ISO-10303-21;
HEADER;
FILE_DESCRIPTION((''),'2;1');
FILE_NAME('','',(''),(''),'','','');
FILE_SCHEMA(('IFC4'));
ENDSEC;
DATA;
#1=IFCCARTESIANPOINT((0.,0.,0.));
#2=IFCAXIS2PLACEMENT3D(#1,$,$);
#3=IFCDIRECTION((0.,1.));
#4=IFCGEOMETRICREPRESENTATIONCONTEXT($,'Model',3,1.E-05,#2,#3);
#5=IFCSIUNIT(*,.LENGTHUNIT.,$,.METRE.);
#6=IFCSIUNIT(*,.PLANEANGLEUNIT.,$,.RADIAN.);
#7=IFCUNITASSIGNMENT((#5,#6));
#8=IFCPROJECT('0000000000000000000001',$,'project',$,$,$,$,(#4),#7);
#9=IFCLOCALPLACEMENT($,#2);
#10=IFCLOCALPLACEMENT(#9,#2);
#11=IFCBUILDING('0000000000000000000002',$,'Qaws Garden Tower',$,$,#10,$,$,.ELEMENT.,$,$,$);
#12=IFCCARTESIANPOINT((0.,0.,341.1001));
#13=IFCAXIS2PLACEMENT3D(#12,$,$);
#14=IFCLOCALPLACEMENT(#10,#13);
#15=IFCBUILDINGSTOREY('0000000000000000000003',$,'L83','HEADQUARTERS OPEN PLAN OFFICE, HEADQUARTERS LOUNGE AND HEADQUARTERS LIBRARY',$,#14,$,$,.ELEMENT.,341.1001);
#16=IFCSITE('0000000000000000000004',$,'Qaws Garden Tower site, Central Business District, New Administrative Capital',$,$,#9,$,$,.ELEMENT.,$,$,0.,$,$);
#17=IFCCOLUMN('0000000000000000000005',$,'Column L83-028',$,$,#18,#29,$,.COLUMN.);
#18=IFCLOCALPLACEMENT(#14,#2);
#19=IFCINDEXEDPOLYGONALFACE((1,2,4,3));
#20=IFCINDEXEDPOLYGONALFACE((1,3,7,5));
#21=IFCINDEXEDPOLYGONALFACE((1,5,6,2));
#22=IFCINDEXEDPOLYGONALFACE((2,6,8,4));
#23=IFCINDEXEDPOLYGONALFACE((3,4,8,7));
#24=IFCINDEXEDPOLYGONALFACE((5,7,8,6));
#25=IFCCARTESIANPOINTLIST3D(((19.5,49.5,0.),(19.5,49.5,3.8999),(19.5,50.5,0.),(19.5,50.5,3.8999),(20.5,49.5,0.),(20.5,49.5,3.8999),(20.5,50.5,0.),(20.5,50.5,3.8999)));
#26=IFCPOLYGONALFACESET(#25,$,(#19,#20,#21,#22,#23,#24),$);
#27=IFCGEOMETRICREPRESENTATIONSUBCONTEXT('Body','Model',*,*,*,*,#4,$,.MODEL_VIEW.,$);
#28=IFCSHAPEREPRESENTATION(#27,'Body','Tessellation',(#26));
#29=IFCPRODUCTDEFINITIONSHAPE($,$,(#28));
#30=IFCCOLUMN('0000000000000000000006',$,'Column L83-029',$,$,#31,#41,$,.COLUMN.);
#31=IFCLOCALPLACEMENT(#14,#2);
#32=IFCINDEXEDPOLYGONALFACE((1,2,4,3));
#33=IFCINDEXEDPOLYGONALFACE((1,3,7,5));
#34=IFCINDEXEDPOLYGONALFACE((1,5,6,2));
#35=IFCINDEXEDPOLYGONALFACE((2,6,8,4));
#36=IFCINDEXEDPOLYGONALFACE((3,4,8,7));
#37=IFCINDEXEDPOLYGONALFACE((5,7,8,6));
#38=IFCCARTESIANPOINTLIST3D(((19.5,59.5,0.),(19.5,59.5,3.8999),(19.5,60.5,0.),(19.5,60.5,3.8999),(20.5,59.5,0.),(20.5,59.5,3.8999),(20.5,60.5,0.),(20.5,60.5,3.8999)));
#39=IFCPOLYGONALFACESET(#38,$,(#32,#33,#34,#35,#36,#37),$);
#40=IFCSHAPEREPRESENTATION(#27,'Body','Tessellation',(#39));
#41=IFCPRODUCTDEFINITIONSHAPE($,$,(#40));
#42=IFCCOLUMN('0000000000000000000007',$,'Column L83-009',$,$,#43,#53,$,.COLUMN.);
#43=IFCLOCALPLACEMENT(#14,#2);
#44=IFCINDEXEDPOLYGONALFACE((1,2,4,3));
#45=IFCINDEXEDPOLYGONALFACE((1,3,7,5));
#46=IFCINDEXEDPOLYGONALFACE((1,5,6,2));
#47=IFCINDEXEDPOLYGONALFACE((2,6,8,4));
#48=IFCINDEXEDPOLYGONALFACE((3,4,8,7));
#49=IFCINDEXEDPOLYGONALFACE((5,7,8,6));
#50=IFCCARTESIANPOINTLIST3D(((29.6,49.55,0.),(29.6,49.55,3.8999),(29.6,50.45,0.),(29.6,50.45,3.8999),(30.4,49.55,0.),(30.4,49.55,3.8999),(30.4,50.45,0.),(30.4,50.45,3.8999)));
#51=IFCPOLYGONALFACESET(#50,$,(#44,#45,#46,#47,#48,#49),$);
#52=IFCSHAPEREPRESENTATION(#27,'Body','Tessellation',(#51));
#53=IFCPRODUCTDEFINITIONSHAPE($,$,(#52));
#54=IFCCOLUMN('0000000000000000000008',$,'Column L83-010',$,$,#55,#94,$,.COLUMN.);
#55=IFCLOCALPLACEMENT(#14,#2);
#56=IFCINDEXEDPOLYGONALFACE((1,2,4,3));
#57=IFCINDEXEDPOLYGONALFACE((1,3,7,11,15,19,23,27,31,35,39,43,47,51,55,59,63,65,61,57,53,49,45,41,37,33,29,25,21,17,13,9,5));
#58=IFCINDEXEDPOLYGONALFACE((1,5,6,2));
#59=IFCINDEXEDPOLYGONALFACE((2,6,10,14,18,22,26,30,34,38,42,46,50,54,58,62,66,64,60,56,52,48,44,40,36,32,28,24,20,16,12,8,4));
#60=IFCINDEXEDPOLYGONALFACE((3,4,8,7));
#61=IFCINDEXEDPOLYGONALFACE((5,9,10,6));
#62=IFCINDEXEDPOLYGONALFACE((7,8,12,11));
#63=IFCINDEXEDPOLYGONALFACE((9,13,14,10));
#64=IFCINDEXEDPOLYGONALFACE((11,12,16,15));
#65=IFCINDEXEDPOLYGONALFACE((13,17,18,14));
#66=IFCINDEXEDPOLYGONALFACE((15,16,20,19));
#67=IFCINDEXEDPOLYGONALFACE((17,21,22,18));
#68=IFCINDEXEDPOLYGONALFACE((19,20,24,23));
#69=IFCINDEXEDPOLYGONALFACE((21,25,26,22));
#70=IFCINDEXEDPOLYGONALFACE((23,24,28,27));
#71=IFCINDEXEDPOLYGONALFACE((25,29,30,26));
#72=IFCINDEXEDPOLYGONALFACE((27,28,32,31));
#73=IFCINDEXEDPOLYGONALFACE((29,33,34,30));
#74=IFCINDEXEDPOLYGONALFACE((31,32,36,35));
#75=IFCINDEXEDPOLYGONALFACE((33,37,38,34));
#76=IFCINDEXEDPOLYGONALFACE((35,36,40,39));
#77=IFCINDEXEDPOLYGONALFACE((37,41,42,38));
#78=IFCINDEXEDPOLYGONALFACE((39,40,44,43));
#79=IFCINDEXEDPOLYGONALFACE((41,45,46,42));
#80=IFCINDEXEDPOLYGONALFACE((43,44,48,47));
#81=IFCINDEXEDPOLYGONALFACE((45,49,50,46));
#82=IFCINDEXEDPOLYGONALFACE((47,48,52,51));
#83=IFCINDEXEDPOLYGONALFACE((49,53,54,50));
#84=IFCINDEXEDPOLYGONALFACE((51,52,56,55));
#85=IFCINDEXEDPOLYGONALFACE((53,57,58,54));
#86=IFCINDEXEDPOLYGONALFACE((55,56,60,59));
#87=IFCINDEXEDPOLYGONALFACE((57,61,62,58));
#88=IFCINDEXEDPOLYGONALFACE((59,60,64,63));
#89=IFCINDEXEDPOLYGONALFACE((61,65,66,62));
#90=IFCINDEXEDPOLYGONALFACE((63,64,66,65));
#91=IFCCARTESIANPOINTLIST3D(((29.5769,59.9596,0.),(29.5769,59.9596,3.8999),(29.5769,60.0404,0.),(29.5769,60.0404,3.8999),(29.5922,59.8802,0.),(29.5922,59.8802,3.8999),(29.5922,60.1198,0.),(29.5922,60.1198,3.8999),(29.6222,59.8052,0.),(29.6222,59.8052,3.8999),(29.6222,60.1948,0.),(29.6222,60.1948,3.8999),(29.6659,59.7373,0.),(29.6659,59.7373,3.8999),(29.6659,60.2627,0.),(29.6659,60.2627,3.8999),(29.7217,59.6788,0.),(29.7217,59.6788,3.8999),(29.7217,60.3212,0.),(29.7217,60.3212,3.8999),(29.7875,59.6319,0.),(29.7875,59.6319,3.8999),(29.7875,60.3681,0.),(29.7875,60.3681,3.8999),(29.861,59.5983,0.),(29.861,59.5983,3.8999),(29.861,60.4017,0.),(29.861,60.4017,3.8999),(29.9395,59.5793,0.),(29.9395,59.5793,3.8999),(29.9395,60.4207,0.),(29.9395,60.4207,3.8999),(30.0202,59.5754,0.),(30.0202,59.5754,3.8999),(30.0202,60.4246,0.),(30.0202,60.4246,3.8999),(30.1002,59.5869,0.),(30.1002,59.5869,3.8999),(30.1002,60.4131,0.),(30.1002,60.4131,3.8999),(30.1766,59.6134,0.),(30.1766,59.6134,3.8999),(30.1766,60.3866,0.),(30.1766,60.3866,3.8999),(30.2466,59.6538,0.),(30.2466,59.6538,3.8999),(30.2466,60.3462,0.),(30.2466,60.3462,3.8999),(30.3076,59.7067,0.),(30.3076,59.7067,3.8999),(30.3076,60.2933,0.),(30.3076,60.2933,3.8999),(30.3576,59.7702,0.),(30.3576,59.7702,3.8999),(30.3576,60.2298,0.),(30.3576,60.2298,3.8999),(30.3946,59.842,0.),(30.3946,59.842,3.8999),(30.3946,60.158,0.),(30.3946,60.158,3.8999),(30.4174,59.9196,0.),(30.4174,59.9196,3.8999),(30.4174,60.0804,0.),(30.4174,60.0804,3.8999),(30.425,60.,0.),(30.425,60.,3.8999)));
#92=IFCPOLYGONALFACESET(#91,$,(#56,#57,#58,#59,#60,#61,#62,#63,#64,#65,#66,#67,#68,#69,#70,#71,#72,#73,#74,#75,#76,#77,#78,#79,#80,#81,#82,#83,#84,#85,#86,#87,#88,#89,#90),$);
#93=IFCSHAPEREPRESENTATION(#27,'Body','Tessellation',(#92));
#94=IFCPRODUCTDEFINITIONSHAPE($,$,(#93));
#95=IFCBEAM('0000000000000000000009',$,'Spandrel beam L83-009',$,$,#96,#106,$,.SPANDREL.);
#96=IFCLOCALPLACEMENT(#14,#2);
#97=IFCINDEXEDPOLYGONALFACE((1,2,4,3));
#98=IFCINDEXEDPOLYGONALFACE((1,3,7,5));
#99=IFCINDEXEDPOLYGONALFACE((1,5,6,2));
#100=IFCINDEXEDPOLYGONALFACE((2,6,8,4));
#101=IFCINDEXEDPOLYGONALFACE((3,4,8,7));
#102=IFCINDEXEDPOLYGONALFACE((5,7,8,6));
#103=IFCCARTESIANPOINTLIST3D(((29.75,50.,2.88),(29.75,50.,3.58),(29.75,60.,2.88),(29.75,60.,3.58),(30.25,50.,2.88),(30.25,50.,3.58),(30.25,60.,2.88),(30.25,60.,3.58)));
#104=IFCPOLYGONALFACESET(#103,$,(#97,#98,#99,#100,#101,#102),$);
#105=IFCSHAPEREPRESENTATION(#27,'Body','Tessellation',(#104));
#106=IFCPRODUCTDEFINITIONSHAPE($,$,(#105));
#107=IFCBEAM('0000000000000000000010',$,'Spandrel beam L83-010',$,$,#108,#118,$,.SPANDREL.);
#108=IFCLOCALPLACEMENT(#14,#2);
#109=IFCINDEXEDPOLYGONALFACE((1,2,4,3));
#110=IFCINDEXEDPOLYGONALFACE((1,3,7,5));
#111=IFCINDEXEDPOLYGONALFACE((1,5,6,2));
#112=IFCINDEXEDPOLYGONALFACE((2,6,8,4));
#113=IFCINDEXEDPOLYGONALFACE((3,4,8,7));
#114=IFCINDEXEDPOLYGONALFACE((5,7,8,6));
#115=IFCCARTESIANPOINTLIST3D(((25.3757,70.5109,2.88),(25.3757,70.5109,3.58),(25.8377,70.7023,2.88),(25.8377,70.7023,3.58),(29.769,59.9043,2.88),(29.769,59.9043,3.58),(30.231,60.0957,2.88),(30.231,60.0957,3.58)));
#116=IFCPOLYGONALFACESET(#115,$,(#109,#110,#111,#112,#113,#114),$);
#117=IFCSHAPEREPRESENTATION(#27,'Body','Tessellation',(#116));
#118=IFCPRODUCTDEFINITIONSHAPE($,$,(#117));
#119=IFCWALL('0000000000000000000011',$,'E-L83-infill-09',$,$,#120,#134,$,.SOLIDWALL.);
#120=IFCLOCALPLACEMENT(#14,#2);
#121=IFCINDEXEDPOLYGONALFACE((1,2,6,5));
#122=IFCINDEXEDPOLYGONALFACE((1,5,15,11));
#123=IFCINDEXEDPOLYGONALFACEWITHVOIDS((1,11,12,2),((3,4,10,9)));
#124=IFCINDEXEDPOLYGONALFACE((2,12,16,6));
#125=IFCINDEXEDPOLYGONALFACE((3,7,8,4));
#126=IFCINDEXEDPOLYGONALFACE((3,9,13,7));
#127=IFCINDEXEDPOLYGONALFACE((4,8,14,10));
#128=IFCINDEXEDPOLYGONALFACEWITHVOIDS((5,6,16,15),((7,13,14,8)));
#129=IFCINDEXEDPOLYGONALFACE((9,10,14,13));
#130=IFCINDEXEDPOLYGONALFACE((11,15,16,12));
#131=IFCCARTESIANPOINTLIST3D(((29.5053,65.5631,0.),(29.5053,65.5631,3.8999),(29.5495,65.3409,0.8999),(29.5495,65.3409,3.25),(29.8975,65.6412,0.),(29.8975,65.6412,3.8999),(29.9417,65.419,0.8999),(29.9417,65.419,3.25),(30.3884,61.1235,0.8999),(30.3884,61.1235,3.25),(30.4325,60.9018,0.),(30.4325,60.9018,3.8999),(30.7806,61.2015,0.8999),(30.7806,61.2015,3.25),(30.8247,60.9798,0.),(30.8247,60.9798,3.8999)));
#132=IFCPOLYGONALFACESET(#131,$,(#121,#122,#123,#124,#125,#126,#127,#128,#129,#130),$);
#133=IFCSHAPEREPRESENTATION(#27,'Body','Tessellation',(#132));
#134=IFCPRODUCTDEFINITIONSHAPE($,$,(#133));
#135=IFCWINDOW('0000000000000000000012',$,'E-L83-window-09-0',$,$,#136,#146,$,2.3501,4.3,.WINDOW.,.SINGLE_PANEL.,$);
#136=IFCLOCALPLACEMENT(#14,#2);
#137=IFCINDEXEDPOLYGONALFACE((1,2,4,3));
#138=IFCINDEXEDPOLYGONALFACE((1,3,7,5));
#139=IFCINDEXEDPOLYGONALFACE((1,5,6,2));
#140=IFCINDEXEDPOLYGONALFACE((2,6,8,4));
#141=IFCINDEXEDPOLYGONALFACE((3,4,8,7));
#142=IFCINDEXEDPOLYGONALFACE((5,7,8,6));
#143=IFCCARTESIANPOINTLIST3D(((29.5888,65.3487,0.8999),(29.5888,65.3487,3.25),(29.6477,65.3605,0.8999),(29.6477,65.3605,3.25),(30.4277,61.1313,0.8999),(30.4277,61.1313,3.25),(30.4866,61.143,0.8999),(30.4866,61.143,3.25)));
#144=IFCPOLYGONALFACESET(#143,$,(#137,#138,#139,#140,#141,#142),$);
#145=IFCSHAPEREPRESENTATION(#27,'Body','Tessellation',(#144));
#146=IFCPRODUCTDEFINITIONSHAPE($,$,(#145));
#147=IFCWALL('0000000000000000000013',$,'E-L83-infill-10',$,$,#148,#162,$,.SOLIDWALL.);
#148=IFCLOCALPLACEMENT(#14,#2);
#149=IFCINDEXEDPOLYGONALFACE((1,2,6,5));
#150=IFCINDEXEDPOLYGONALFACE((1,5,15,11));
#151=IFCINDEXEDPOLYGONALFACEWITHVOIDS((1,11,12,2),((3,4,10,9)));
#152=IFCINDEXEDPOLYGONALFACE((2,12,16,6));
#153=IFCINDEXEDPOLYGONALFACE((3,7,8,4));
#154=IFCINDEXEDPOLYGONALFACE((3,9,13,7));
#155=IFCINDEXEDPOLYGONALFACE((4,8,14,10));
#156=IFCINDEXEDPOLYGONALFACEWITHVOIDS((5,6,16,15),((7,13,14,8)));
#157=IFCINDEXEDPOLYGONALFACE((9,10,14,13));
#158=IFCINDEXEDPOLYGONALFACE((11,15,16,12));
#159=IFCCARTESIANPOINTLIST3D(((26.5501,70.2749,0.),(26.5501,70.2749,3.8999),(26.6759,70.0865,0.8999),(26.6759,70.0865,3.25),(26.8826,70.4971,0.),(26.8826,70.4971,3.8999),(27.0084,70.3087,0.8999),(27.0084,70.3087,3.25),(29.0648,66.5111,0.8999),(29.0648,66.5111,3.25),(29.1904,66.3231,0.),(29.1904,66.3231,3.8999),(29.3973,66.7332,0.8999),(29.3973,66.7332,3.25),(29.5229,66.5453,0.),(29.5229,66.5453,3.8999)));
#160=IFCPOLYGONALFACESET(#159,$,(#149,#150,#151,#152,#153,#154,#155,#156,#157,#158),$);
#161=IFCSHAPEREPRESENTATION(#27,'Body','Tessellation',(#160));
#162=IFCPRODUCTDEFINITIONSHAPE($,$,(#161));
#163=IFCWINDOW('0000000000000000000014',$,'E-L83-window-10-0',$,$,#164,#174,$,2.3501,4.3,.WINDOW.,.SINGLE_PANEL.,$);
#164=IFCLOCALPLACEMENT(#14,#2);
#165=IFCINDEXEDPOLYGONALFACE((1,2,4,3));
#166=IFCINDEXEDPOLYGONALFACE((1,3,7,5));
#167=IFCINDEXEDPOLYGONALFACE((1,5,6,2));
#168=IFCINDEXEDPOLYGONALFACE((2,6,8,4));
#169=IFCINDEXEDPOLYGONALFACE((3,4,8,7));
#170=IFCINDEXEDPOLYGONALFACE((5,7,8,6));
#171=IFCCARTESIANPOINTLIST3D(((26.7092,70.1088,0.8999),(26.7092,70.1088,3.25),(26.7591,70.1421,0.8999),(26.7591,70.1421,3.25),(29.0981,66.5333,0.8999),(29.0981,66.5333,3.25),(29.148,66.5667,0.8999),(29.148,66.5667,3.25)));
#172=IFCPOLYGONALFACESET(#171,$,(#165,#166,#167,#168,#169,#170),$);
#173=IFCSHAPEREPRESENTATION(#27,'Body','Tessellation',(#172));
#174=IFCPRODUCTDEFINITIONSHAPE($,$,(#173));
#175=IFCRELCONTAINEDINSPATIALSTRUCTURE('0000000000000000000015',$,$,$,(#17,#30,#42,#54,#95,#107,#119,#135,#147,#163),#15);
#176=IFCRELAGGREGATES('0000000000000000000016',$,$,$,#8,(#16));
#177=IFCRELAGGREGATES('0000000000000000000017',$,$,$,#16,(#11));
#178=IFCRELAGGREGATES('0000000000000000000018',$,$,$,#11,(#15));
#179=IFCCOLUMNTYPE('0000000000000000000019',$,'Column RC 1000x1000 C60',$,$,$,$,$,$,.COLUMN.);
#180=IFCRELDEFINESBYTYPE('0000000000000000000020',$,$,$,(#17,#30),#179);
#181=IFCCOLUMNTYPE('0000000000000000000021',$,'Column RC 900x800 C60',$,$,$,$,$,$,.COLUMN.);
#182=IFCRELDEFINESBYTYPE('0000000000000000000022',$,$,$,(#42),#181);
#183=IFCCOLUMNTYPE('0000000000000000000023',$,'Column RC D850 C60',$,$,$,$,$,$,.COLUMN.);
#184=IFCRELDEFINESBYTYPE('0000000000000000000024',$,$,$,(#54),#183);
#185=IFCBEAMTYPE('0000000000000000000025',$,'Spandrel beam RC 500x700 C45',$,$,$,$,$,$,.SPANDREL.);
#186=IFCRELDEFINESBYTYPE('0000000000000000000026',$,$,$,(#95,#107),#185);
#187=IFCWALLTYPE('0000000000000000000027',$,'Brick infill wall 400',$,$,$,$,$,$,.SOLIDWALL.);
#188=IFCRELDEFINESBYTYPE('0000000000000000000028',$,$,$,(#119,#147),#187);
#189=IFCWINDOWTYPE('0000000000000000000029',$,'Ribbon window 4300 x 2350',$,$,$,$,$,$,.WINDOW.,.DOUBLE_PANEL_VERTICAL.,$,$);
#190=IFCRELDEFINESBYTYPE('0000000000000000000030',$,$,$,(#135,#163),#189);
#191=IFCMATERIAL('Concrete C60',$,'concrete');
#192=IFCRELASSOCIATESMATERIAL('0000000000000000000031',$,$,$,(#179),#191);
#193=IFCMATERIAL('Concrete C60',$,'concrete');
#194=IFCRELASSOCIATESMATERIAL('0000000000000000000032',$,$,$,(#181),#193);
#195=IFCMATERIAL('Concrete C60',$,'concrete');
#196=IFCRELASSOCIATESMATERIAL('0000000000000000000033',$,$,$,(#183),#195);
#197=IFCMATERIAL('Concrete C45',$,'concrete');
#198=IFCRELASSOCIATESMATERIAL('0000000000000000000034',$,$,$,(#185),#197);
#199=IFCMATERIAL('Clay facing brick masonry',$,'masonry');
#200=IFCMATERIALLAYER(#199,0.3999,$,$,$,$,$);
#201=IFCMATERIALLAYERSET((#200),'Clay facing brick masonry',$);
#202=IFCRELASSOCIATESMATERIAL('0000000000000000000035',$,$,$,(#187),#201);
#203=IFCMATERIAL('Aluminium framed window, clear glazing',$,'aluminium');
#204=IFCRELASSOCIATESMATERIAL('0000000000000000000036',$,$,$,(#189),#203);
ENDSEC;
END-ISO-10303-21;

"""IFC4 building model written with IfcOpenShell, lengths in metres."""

from ifc_helpers import new_model, si_unit, direction, frame, frame_2d, origin, origin_2d, place, context, subcontext, project, spatial, rectangle, circle, extrude, material, layer, layer_set, material_profile, profile_set, type_object, element, fill, save


model = new_model("IFC4")

# Units and contexts
model_context = context("Model", 3, precision=1e-05, world=origin(), true_north=direction((0.0, 1.0)))
body_context = subcontext(model_context, "Body", "Model", "MODEL_VIEW")
ifc_project = project(units=[si_unit("LENGTHUNIT", "METRE"), si_unit("PLANEANGLEUNIT", "RADIAN")], contexts=[model_context])

# Site, building, storey
site_placement = place(None, origin())
site = spatial("IfcSite", under=ifc_project, at=site_placement, Name="Qaws Garden Tower site, Central Business District, New Administrative Capital", CompositionType="ELEMENT", RefElevation=0.0)
building_placement = place(site_placement, origin())
building = spatial("IfcBuilding", under=site, at=building_placement, Name="Qaws Garden Tower", CompositionType="ELEMENT")
storey_placement = place(building_placement, frame((0.0, 0.0, 341.1001)))
storey = spatial("IfcBuildingStorey", under=building, at=storey_placement, Name="L83", Description="HEADQUARTERS OPEN PLAN OFFICE, HEADQUARTERS LOUNGE AND HEADQUARTERS LIBRARY", CompositionType="ELEMENT", Elevation=341.1001)

# Columns
ifc_material_1 = material(Name="Concrete C60", Category="concrete")
ifc_material_profile_1 = material_profile(ifc_material_1, rectangle(XDim=1.0, YDim=1.0, at=origin_2d()), Name="RC 1000x1000")
ifc_profile_set_1 = profile_set([ifc_material_profile_1], Name="Concrete C60")
column_type_1 = type_object("IfcColumnType", Name="Column RC 1000x1000 C60", PredefinedType="COLUMN", material=ifc_profile_set_1)
for number, where, z_axis, x_axis, name in (
    (1, (20.0, 50.0, 0.0), (0.0, 0.0, 1.0), (1.0, 0.0, 0.0), "Column L83-028"),
    (2, (20.0, 60.0, 0.0), (0.0, 0.0, 1.0), (1.0, 0.0, 0.0), "Column L83-029"),
):
    element("IfcColumn", number, at=place(storey_placement, frame(where, z_axis=z_axis, x_axis=x_axis)), inside=storey, type_object=column_type_1, Name=name, PredefinedType="COLUMN", context=body_context, shape_type="SweptSolid", body=[
        extrude(rectangle(XDim=1.0, YDim=1.0, at=origin_2d()), origin(), (0.0, 0.0, 1.0), 3.8999),
    ])
ifc_material_2 = material(Name="Concrete C60", Category="concrete")
ifc_material_profile_2 = material_profile(ifc_material_2, rectangle(XDim=0.8999, YDim=0.8, at=origin_2d()), Name="RC 900x800")
ifc_profile_set_2 = profile_set([ifc_material_profile_2], Name="Concrete C60")
column_type_2 = type_object("IfcColumnType", Name="Column RC 900x800 C60", PredefinedType="COLUMN", material=ifc_profile_set_2)
column_1_placement = place(storey_placement, frame((30.0, 50.0, 0.0), z_axis=(0.0, 0.0, 1.0), x_axis=(0.0, 1.0, 0.0)))
element("IfcColumn", 3, at=column_1_placement, inside=storey, type_object=column_type_2, Name="Column L83-009", PredefinedType="COLUMN", context=body_context, shape_type="SweptSolid", body=[
    extrude(rectangle(XDim=0.8999, YDim=0.8, at=origin_2d()), origin(), (0.0, 0.0, 1.0), 3.8999),
])
ifc_material_3 = material(Name="Concrete C60", Category="concrete")
ifc_material_profile_3 = material_profile(ifc_material_3, circle(Radius=0.425, at=origin_2d()), Name="RC D850")
ifc_profile_set_3 = profile_set([ifc_material_profile_3], Name="Concrete C60")
column_type_3 = type_object("IfcColumnType", Name="Column RC D850 C60", PredefinedType="COLUMN", material=ifc_profile_set_3)
column_2_placement = place(storey_placement, frame((30.0, 60.0, 0.0), z_axis=(0.0, 0.0, 1.0), x_axis=(1.0, 0.0, 0.0)))
element("IfcColumn", 4, at=column_2_placement, inside=storey, type_object=column_type_3, Name="Column L83-010", PredefinedType="COLUMN", context=body_context, shape_type="SweptSolid", body=[
    extrude(circle(Radius=0.425, at=origin_2d()), origin(), (0.0, 0.0, 1.0), 3.8999),
])

# Beams
ifc_material_4 = material(Name="Concrete C45", Category="concrete")
ifc_material_profile_4 = material_profile(ifc_material_4, rectangle(XDim=0.5, YDim=0.7, at=origin_2d()), Name="RC 500x700")
ifc_profile_set_4 = profile_set([ifc_material_profile_4], Name="Concrete C45")
beam_type = type_object("IfcBeamType", Name="Spandrel beam RC 500x700 C45", PredefinedType="SPANDREL", material=ifc_profile_set_4)
beam_1_placement = place(storey_placement, frame((30.0, 50.0, 3.23), z_axis=(0.0, 1.0, 0.0), x_axis=(-1.0, 0.0, 0.0)))
element("IfcBeam", 5, at=beam_1_placement, inside=storey, type_object=beam_type, Name="Spandrel beam L83-009", PredefinedType="SPANDREL", context=body_context, shape_type="SweptSolid", body=[
    extrude(rectangle(XDim=0.5, YDim=0.7, at=origin_2d()), origin(), (0.0, 0.0, 1.0), 10.0),
])
beam_2_placement = place(storey_placement, frame((30.0, 60.0, 3.23), z_axis=(-0.382674, 0.923883, 0.0), x_axis=(-0.923883, -0.382674, 0.0)))
element("IfcBeam", 6, at=beam_2_placement, inside=storey, type_object=beam_type, Name="Spandrel beam L83-010", PredefinedType="SPANDREL", context=body_context, shape_type="SweptSolid", body=[
    extrude(rectangle(XDim=0.5, YDim=0.7, at=origin_2d()), origin(), (0.0, 0.0, 1.0), 11.4805),
])

# Walls, openings, windows
ifc_material_5 = material(Name="Clay facing brick masonry", Category="masonry")
ifc_layer_1 = layer(ifc_material_5, 0.3999)
ifc_layer_set_1 = layer_set([ifc_layer_1], Name="Clay facing brick masonry")
wall_type_1 = type_object("IfcWallType", Name="Brick infill wall 400", PredefinedType="SOLIDWALL", material=ifc_layer_set_1)
wall_1_placement = place(storey_placement, frame((30.6287, 60.9407, 0.0), z_axis=(0.0, 0.0, 1.0), x_axis=(-0.195099, 0.980784, 0.0)))
wall_1 = element("IfcWall", 7, at=wall_1_placement, inside=storey, type_object=wall_type_1, Name="E-L83-infill-09", PredefinedType="SOLIDWALL", context=body_context, shape_type="SweptSolid", body=[
    extrude(rectangle(XDim=4.7527, YDim=0.3999, at=frame_2d((2.3765, 0.0))), origin(), (0.0, 0.0, 1.0), 3.8999),
])
opening_1_placement = place(wall_1_placement, frame((0.2263, 0.0, 0.8999)))
opening_1 = element("IfcOpeningElement", 8, at=opening_1_placement, cuts=wall_1, PredefinedType="OPENING", context=body_context, shape_type="SweptSolid", body=[
    extrude(rectangle(XDim=4.3, YDim=2.3501, at=frame_2d((2.1499, 1.175))), frame((0.0, 0.21, 0.0), z_axis=(0.0, -1.0, 0.0), x_axis=(1.0, 0.0, 0.0)), (0.0, 0.0, 1.0), 0.4199),
])
ifc_material_6 = material(Name="Aluminium framed window, clear glazing", Category="aluminium")
window_type = type_object("IfcWindowType", Name="Ribbon window 4300 x 2350", PartitioningType="DOUBLE_PANEL_VERTICAL", PredefinedType="WINDOW", material=ifc_material_6)
window_1_placement = place(opening_1_placement, origin())
window_1 = element("IfcWindow", 9, at=window_1_placement, inside=storey, type_object=window_type, Name="E-L83-window-09-0", OverallHeight=2.3501, OverallWidth=4.3, PartitioningType="SINGLE_PANEL", PredefinedType="WINDOW", context=body_context, shape_type="SweptSolid", body=[
    extrude(rectangle(XDim=4.3, YDim=2.3501, at=frame_2d((2.1499, 1.175))), frame((0.0, 0.1599, 0.0), z_axis=(0.0, -1.0, 0.0), x_axis=(1.0, 0.0, 0.0)), (0.0, 0.0, 1.0), 0.0601),
])
fill(opening_1, window_1)
wall_2_placement = place(storey_placement, frame((29.3567, 66.4341, 0.0), z_axis=(0.0, 0.0, 1.0), x_axis=(-0.555542, 0.831489, 0.0)))
wall_2 = element("IfcWall", 10, at=wall_2_placement, inside=storey, type_object=wall_type_1, Name="E-L83-infill-10", PredefinedType="SOLIDWALL", context=body_context, shape_type="SweptSolid", body=[
    extrude(rectangle(XDim=4.7527, YDim=0.3999, at=frame_2d((2.3765, 0.0))), origin(), (0.0, 0.0, 1.0), 3.8999),
])
opening_2_placement = place(wall_2_placement, frame((0.2263, 0.0, 0.8999)))
opening_2 = element("IfcOpeningElement", 11, at=opening_2_placement, cuts=wall_2, PredefinedType="OPENING", context=body_context, shape_type="SweptSolid", body=[
    extrude(rectangle(XDim=4.3, YDim=2.3501, at=frame_2d((2.1499, 1.175))), frame((0.0, 0.21, 0.0), z_axis=(0.0, -1.0, 0.0), x_axis=(1.0, 0.0, 0.0)), (0.0, 0.0, 1.0), 0.4199),
])
window_2_placement = place(opening_2_placement, origin())
window_2 = element("IfcWindow", 12, at=window_2_placement, inside=storey, type_object=window_type, Name="E-L83-window-10-0", OverallHeight=2.3501, OverallWidth=4.3, PartitioningType="SINGLE_PANEL", PredefinedType="WINDOW", context=body_context, shape_type="SweptSolid", body=[
    extrude(rectangle(XDim=4.3, YDim=2.3501, at=frame_2d((2.1499, 1.175))), frame((0.0, 0.1599, 0.0), z_axis=(0.0, -1.0, 0.0), x_axis=(1.0, 0.0, 0.0)), (0.0, 0.0, 1.0), 0.0601),
])
fill(opening_2, window_2)

save(model, "model.ifc")
